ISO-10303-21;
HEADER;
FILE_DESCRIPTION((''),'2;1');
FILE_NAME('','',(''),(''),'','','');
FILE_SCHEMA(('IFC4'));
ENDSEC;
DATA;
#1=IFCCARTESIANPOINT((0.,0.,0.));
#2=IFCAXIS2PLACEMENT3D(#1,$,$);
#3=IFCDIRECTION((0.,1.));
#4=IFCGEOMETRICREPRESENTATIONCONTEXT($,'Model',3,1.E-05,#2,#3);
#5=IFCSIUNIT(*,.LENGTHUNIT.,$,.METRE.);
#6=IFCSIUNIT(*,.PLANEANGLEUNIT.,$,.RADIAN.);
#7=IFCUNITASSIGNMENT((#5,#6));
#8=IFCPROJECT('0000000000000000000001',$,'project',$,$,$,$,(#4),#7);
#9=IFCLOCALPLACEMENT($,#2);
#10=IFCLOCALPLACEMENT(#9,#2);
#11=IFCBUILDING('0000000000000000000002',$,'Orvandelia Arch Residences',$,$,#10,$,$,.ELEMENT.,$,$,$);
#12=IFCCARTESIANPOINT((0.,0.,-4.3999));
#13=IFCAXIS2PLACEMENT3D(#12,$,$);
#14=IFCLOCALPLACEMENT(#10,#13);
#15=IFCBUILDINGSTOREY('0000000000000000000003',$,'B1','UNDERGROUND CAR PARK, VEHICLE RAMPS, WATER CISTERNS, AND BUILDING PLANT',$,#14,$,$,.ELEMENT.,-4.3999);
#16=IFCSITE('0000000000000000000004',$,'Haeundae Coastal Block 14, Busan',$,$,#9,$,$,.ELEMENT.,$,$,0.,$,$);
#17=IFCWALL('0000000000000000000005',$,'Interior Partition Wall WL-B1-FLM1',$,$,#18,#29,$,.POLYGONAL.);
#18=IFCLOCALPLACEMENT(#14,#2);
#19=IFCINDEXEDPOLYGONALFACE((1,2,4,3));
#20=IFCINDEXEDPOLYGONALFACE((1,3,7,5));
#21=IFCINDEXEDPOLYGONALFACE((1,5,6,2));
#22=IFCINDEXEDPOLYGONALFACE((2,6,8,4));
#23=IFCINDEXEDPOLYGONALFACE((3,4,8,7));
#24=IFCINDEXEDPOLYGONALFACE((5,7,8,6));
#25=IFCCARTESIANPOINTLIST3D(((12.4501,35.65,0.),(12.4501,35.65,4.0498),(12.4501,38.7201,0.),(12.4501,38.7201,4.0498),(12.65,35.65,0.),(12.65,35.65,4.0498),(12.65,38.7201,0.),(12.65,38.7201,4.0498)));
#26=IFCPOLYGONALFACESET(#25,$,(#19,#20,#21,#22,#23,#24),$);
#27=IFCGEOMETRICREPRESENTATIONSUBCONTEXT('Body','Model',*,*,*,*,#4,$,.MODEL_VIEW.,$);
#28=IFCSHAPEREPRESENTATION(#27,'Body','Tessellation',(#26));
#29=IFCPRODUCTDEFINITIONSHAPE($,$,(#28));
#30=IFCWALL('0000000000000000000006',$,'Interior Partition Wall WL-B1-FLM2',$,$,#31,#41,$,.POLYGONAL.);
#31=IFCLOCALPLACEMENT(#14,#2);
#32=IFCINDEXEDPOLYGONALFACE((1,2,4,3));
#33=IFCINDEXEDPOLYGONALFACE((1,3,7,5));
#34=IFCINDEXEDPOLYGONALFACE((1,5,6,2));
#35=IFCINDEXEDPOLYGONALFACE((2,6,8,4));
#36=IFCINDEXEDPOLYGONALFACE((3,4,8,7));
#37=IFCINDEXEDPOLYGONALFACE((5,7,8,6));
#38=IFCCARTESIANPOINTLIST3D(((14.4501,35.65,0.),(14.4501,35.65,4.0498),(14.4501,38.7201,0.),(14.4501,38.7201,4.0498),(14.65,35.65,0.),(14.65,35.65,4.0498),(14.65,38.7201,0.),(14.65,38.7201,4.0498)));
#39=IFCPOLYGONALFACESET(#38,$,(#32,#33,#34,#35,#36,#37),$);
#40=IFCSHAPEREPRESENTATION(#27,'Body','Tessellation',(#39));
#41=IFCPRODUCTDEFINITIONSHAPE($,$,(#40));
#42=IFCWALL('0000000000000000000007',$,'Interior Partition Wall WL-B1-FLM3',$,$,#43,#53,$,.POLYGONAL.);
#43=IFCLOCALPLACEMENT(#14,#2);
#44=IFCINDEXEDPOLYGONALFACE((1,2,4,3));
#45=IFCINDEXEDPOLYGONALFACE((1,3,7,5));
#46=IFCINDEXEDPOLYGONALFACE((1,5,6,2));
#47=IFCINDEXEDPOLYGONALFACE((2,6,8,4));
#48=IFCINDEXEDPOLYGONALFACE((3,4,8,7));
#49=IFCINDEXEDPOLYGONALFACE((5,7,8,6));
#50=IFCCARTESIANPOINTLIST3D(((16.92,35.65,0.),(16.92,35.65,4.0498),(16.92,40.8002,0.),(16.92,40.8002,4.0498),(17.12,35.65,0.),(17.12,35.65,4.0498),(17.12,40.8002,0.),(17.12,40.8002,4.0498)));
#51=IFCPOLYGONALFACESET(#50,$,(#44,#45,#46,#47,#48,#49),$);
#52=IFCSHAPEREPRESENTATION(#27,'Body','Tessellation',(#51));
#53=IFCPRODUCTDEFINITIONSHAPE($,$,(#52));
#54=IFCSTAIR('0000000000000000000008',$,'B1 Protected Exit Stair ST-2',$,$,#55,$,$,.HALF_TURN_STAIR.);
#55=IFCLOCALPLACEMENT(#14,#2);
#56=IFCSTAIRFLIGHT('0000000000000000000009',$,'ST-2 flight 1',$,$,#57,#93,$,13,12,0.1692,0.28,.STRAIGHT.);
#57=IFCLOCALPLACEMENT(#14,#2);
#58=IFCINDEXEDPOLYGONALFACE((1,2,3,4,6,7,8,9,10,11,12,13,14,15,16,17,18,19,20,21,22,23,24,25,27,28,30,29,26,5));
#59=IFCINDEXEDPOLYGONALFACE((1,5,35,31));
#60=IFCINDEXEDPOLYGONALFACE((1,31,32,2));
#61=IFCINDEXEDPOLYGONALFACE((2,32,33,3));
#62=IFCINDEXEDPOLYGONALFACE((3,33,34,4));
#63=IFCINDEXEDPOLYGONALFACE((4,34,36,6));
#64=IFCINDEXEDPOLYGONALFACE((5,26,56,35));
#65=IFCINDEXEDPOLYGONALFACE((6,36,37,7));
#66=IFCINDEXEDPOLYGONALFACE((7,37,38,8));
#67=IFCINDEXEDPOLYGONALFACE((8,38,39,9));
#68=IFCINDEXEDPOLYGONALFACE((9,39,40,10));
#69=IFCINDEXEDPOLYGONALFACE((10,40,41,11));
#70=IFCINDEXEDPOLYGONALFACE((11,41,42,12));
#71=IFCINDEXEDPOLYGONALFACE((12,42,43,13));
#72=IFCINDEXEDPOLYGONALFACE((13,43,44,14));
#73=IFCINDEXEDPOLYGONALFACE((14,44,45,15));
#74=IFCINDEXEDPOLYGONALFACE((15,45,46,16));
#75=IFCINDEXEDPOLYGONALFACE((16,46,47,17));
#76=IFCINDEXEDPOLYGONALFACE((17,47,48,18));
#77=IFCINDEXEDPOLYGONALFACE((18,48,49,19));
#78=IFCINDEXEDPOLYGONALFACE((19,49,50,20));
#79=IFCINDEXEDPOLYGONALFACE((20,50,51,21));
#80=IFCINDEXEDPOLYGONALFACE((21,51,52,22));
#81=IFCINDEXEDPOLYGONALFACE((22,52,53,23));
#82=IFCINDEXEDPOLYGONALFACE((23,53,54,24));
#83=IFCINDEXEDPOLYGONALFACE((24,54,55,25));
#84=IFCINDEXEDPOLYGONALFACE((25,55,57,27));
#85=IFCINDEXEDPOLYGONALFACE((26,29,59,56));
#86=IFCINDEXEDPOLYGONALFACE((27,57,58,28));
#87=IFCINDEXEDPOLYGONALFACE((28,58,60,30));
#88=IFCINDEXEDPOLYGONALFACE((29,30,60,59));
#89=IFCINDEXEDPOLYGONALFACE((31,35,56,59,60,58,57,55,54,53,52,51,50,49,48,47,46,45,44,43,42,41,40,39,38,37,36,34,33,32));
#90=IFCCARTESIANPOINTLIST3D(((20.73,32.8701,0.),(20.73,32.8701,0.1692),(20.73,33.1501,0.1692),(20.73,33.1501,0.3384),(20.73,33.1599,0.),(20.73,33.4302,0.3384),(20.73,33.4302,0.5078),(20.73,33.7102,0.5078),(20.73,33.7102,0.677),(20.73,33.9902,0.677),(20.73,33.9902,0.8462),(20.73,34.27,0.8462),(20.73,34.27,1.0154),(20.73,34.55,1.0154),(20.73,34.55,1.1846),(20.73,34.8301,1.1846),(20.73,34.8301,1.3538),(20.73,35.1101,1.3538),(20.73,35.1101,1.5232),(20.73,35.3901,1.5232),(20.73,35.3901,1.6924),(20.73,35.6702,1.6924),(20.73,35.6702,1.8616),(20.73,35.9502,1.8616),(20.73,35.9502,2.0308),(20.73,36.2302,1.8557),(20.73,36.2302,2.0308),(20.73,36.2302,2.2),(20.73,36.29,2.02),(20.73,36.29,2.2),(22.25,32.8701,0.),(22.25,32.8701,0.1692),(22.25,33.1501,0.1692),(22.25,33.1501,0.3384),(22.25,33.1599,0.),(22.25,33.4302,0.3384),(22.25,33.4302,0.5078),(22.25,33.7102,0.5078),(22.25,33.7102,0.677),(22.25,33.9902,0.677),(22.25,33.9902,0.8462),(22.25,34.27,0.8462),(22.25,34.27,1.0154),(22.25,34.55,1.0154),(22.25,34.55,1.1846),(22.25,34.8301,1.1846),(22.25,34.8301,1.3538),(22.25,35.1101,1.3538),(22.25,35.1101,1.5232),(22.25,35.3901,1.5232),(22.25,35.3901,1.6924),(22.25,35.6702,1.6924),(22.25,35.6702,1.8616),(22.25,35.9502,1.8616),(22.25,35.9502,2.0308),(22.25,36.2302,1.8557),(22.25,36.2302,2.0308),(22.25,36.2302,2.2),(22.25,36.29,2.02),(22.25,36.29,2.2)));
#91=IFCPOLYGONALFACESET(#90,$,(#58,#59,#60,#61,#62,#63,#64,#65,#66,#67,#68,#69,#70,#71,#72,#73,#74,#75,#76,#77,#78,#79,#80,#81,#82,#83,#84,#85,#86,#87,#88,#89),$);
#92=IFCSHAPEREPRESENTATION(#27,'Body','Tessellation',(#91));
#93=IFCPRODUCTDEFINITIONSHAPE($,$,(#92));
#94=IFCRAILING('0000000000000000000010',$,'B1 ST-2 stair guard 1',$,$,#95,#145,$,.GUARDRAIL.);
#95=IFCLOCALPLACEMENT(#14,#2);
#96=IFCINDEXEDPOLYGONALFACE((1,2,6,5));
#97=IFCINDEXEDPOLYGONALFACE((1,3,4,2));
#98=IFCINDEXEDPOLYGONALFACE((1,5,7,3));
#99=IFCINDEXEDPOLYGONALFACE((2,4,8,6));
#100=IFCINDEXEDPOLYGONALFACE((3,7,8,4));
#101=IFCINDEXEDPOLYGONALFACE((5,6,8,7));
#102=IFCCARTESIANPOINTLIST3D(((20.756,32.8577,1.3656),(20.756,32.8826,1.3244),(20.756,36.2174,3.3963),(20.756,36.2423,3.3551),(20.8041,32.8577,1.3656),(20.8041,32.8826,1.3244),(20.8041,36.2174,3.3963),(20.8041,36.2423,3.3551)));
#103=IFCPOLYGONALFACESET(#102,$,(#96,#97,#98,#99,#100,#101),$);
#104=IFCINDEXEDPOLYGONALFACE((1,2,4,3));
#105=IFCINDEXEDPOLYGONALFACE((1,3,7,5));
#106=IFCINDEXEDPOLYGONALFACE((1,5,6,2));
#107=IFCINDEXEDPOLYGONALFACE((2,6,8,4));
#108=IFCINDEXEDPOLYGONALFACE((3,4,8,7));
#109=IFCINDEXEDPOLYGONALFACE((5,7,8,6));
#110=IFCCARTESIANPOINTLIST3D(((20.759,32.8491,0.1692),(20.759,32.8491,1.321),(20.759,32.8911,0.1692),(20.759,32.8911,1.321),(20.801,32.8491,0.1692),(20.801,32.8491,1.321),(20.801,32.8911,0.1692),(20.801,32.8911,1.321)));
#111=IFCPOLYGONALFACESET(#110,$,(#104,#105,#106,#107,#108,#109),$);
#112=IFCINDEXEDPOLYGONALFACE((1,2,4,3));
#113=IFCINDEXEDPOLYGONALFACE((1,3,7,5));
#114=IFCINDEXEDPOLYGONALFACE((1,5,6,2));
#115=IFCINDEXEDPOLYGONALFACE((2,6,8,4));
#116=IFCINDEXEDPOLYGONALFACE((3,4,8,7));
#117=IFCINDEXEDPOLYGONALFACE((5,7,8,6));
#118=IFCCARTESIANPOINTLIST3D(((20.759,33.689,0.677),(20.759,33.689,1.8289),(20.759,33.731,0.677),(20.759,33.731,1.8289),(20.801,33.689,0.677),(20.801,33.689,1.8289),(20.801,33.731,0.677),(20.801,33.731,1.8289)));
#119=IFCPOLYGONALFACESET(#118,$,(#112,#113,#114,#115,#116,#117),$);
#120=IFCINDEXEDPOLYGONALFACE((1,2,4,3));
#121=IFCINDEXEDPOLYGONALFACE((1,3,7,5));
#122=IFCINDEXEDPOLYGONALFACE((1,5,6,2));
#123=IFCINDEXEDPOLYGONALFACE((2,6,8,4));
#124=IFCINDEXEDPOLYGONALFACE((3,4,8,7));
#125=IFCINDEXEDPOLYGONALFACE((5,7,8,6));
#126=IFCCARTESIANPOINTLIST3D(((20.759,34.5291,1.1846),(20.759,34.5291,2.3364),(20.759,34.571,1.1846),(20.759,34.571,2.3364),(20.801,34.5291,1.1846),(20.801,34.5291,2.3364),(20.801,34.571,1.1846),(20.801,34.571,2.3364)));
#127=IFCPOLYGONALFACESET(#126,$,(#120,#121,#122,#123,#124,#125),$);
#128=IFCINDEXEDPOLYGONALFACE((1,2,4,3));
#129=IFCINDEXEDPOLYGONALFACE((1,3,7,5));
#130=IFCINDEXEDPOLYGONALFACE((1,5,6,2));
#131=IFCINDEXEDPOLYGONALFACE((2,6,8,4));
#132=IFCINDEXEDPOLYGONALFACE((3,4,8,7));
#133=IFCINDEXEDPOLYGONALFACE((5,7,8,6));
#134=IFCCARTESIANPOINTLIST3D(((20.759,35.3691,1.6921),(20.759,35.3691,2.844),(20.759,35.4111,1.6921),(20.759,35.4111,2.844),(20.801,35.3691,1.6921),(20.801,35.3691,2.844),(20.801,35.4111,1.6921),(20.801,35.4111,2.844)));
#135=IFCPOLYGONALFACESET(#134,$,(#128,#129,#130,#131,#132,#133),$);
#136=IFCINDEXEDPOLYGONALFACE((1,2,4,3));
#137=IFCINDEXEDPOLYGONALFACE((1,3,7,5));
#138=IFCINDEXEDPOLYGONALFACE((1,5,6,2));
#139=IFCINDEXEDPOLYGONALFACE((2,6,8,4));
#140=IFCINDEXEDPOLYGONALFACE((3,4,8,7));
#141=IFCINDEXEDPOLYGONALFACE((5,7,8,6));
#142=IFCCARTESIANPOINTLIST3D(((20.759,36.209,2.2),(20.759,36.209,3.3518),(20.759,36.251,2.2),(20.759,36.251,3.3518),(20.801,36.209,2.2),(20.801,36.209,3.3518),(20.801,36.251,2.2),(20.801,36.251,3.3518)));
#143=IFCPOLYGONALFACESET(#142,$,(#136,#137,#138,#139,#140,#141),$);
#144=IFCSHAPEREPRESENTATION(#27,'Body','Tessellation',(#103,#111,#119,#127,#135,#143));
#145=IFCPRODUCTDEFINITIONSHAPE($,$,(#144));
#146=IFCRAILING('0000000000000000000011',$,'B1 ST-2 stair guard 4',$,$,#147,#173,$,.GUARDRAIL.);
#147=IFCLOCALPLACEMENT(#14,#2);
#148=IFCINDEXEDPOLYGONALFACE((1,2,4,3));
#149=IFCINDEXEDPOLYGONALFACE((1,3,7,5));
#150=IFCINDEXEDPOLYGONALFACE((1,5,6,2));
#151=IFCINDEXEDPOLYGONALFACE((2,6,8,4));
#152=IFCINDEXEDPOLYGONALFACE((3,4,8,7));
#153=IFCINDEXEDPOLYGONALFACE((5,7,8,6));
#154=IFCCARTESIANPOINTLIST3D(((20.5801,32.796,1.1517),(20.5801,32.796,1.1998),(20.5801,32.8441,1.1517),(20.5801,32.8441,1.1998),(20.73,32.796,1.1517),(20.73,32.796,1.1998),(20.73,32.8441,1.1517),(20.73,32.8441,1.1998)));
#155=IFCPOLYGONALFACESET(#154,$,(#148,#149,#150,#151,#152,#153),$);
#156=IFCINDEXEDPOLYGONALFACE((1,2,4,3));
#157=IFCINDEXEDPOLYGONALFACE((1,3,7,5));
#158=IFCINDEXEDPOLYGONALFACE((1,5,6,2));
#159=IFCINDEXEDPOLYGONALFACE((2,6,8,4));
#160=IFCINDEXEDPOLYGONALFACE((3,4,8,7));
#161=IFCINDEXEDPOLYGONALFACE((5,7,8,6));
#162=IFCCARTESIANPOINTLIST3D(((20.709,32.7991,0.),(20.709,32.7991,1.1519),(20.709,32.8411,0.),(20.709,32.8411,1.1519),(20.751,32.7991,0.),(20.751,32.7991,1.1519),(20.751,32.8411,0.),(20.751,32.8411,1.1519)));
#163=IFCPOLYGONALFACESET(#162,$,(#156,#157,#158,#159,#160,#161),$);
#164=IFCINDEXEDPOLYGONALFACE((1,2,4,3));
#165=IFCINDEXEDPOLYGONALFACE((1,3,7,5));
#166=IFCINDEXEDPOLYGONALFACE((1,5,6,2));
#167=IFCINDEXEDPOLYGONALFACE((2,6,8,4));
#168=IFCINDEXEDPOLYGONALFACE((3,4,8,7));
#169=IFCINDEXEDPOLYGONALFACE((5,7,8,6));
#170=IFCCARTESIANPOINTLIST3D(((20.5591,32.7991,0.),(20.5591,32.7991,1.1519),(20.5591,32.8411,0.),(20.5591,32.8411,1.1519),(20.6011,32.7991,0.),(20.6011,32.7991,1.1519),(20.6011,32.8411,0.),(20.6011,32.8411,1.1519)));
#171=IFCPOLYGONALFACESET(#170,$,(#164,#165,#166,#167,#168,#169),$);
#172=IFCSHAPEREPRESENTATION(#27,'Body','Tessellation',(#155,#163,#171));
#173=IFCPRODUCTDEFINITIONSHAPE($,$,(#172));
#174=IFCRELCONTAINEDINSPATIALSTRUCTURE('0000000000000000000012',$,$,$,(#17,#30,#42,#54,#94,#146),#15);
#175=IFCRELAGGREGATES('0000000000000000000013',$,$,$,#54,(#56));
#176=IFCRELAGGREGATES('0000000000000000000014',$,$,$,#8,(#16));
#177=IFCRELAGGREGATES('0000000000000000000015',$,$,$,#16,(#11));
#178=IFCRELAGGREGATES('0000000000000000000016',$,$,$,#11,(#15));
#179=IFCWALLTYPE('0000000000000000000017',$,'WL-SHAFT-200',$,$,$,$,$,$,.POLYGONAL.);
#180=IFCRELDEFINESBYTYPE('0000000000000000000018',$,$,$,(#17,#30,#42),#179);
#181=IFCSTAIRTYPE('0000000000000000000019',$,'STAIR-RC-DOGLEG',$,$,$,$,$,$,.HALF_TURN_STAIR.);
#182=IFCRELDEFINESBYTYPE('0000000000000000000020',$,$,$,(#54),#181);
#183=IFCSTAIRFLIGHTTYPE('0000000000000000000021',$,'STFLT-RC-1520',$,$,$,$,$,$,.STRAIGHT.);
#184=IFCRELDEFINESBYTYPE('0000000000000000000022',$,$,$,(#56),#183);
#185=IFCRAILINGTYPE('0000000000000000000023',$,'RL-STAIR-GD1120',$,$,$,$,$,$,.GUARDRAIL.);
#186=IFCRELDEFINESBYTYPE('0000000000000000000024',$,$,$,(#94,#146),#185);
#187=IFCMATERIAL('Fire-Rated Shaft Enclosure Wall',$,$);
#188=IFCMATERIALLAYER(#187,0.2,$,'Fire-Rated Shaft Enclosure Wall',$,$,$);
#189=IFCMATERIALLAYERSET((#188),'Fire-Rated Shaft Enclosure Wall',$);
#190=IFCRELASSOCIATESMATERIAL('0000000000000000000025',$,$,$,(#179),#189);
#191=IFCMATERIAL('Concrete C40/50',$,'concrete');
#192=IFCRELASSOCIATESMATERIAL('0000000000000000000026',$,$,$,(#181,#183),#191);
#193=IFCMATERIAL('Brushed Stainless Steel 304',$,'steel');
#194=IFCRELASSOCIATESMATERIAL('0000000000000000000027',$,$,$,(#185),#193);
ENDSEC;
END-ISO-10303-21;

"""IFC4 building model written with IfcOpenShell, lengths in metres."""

from ifc_helpers import new_model, si_unit, direction, frame, frame_2d, origin, origin_2d, place, context, subcontext, project, spatial, polyline, rectangle, outline, extrude, material, layer, layer_set, type_object, element, aggregate, save


model = new_model("IFC4")

# Units and contexts
model_context = context("Model", 3, precision=1e-05, world=origin(), true_north=direction((0.0, 1.0)))
body_context = subcontext(model_context, "Body", "Model", "MODEL_VIEW")
ifc_project = project(units=[si_unit("LENGTHUNIT", "METRE"), si_unit("PLANEANGLEUNIT", "RADIAN")], contexts=[model_context])

# Site, building, storey
site_placement = place(None, origin())
site = spatial("IfcSite", under=ifc_project, at=site_placement, Name="Haeundae Coastal Block 14, Busan", CompositionType="ELEMENT", RefElevation=0.0)
building_placement = place(site_placement, origin())
building = spatial("IfcBuilding", under=site, at=building_placement, Name="Orvandelia Arch Residences", CompositionType="ELEMENT")
storey_placement = place(building_placement, frame((0.0, 0.0, -4.3999)))
storey = spatial("IfcBuildingStorey", under=building, at=storey_placement, Name="B1", Description="UNDERGROUND CAR PARK, VEHICLE RAMPS, WATER CISTERNS, AND BUILDING PLANT", CompositionType="ELEMENT", Elevation=-4.3999)

# Walls
ifc_material_1 = material(Name="Fire-Rated Shaft Enclosure Wall")
ifc_layer_1 = layer(ifc_material_1, 0.2, Name="Fire-Rated Shaft Enclosure Wall")
ifc_layer_set_1 = layer_set([ifc_layer_1], Name="Fire-Rated Shaft Enclosure Wall")
wall_type_1 = type_object("IfcWallType", Name="WL-SHAFT-200", PredefinedType="POLYGONAL", material=ifc_layer_set_1)
for number, where, z_axis, x_axis, name in (
    (1, (12.55, 35.6499, 0.0), (0.0, 0.0, 1.0), (0.0, 1.0, 0.0), "Interior Partition Wall WL-B1-FLM1"),
    (2, (14.55, 35.6499, 0.0), (0.0, 0.0, 1.0), (0.0, 1.0, 0.0), "Interior Partition Wall WL-B1-FLM2"),
):
    element("IfcWall", number, at=place(storey_placement, frame(where, z_axis=z_axis, x_axis=x_axis)), inside=storey, type_object=wall_type_1, Name=name, PredefinedType="POLYGONAL", context=body_context, shape_type="SweptSolid", body=[
        extrude(rectangle(XDim=3.0701, YDim=0.2, at=frame_2d((1.5352, 0.0))), origin(), (0.0, 0.0, 1.0), 4.0498),
    ])
wall_1_placement = place(storey_placement, frame((17.02, 35.6499, 0.0), z_axis=(0.0, 0.0, 1.0), x_axis=(0.0, 1.0, 0.0)))
element("IfcWall", 3, at=wall_1_placement, inside=storey, type_object=wall_type_1, Name="Interior Partition Wall WL-B1-FLM3", PredefinedType="POLYGONAL", context=body_context, shape_type="SweptSolid", body=[
    extrude(rectangle(XDim=5.1501, YDim=0.2, at=frame_2d((2.5752, 0.0))), origin(), (0.0, 0.0, 1.0), 4.0498),
])

# Stair, stair flight
ifc_material_2 = material(Name="Concrete C40/50", Category="concrete")
stair_type = type_object("IfcStairType", Name="STAIR-RC-DOGLEG", PredefinedType="HALF_TURN_STAIR", material=ifc_material_2)
stair_placement = place(storey_placement, origin())
stair = element("IfcStair", 4, at=stair_placement, inside=storey, type_object=stair_type, Name="B1 Protected Exit Stair ST-2", PredefinedType="HALF_TURN_STAIR")
stair_flight_type = type_object("IfcStairFlightType", Name="STFLT-RC-1520", PredefinedType="STRAIGHT", material=ifc_material_2)
stair_flight_placement = place(storey_placement, frame((21.49, 32.8701, 0.0), z_axis=(0.0, 0.0, 1.0), x_axis=(0.0, 1.0, 0.0)))
stair_flight = element("IfcStairFlight", 5, at=stair_flight_placement, type_object=stair_flight_type, Name="ST-2 flight 1", NumberOfRisers=13, NumberOfTreads=12, PredefinedType="STRAIGHT", RiserHeight=0.1692, TreadLength=0.28, context=body_context, shape_type="SweptSolid", body=[
    extrude(outline(polyline([(0.0, 0.0), (0.0, 0.1692), (0.28, 0.1692), (0.28, 0.3384), (0.5601, 0.3384), (0.5601, 0.5078), (0.8401, 0.5078), (0.8401, 0.677), (1.1201, 0.677), (1.1201, 0.8462), (1.3999, 0.8462), (1.3999, 1.0154), (1.6799, 1.0154), (1.6799, 1.1846), (1.96, 1.1846), (1.96, 1.3538), (2.24, 1.3538), (2.24, 1.5232), (2.52, 1.5232), (2.52, 1.6924), (2.8, 1.6924), (2.8, 1.8616), (3.0801, 1.8616), (3.0801, 2.0308), (3.3601, 2.0308), (3.3601, 2.2), (3.4199, 2.2), (3.4199, 2.02), (3.3601, 1.8557), (0.2898, 0.0), (0.0, 0.0)])), frame((0.0, 0.76, 0.0), z_axis=(0.0, -1.0, 0.0), x_axis=(1.0, 0.0, 0.0)), (0.0, 0.0, 1.0), 1.52),
])
aggregate(stair, [stair_flight])

# Railings
ifc_material_3 = material(Name="Brushed Stainless Steel 304", Category="steel")
railing_type_1 = type_object("IfcRailingType", Name="RL-STAIR-GD1120", PredefinedType="GUARDRAIL", material=ifc_material_3)
railing_1_placement = place(storey_placement, frame((20.78, 32.8701, 0.1692)))
element("IfcRailing", 6, at=railing_1_placement, inside=storey, type_object=railing_type_1, Name="B1 ST-2 stair guard 1", PredefinedType="GUARDRAIL", context=body_context, shape_type="SweptSolid", body=[
    extrude(rectangle(XDim=0.0481, YDim=0.0481, at=origin_2d()), frame((0.0, 0.0, 1.1758), z_axis=(0.0, 0.85582, 0.517273), x_axis=(-1.0, 0.0, 0.0)), (0.0, 0.0, 1.0), 3.9258),
    extrude(rectangle(XDim=0.042, YDim=0.042, at=origin_2d()), origin(), (0.0, 0.0, 1.0), 1.1519),
    extrude(rectangle(XDim=0.042, YDim=0.042, at=origin_2d()), frame((0.0, 0.8398, 0.5078)), (0.0, 0.0, 1.0), 1.1519),
    extrude(rectangle(XDim=0.042, YDim=0.042, at=origin_2d()), frame((0.0, 1.6799, 1.0154)), (0.0, 0.0, 1.0), 1.1519),
    extrude(rectangle(XDim=0.042, YDim=0.042, at=origin_2d()), frame((0.0, 2.52, 1.5229)), (0.0, 0.0, 1.0), 1.1519),
    extrude(rectangle(XDim=0.042, YDim=0.042, at=origin_2d()), frame((0.0, 3.3599, 2.0308)), (0.0, 0.0, 1.0), 1.1519),
])
railing_2_placement = place(storey_placement, frame((20.73, 32.8201, 0.0)))
element("IfcRailing", 7, at=railing_2_placement, inside=storey, type_object=railing_type_1, Name="B1 ST-2 stair guard 4", PredefinedType="GUARDRAIL", context=body_context, shape_type="SweptSolid", body=[
    extrude(rectangle(XDim=0.0481, YDim=0.0481, at=origin_2d()), frame((0.0, 0.0, 1.1758), z_axis=(-1.0, 0.0, 0.0), x_axis=(0.0, -1.0, 0.0)), (0.0, 0.0, 1.0), 0.1499),
    extrude(rectangle(XDim=0.042, YDim=0.042, at=origin_2d()), origin(), (0.0, 0.0, 1.0), 1.1519),
    extrude(rectangle(XDim=0.042, YDim=0.042, at=origin_2d()), frame((-0.1499, 0.0, 0.0)), (0.0, 0.0, 1.0), 1.1519),
])

save(model, "model.ifc")
